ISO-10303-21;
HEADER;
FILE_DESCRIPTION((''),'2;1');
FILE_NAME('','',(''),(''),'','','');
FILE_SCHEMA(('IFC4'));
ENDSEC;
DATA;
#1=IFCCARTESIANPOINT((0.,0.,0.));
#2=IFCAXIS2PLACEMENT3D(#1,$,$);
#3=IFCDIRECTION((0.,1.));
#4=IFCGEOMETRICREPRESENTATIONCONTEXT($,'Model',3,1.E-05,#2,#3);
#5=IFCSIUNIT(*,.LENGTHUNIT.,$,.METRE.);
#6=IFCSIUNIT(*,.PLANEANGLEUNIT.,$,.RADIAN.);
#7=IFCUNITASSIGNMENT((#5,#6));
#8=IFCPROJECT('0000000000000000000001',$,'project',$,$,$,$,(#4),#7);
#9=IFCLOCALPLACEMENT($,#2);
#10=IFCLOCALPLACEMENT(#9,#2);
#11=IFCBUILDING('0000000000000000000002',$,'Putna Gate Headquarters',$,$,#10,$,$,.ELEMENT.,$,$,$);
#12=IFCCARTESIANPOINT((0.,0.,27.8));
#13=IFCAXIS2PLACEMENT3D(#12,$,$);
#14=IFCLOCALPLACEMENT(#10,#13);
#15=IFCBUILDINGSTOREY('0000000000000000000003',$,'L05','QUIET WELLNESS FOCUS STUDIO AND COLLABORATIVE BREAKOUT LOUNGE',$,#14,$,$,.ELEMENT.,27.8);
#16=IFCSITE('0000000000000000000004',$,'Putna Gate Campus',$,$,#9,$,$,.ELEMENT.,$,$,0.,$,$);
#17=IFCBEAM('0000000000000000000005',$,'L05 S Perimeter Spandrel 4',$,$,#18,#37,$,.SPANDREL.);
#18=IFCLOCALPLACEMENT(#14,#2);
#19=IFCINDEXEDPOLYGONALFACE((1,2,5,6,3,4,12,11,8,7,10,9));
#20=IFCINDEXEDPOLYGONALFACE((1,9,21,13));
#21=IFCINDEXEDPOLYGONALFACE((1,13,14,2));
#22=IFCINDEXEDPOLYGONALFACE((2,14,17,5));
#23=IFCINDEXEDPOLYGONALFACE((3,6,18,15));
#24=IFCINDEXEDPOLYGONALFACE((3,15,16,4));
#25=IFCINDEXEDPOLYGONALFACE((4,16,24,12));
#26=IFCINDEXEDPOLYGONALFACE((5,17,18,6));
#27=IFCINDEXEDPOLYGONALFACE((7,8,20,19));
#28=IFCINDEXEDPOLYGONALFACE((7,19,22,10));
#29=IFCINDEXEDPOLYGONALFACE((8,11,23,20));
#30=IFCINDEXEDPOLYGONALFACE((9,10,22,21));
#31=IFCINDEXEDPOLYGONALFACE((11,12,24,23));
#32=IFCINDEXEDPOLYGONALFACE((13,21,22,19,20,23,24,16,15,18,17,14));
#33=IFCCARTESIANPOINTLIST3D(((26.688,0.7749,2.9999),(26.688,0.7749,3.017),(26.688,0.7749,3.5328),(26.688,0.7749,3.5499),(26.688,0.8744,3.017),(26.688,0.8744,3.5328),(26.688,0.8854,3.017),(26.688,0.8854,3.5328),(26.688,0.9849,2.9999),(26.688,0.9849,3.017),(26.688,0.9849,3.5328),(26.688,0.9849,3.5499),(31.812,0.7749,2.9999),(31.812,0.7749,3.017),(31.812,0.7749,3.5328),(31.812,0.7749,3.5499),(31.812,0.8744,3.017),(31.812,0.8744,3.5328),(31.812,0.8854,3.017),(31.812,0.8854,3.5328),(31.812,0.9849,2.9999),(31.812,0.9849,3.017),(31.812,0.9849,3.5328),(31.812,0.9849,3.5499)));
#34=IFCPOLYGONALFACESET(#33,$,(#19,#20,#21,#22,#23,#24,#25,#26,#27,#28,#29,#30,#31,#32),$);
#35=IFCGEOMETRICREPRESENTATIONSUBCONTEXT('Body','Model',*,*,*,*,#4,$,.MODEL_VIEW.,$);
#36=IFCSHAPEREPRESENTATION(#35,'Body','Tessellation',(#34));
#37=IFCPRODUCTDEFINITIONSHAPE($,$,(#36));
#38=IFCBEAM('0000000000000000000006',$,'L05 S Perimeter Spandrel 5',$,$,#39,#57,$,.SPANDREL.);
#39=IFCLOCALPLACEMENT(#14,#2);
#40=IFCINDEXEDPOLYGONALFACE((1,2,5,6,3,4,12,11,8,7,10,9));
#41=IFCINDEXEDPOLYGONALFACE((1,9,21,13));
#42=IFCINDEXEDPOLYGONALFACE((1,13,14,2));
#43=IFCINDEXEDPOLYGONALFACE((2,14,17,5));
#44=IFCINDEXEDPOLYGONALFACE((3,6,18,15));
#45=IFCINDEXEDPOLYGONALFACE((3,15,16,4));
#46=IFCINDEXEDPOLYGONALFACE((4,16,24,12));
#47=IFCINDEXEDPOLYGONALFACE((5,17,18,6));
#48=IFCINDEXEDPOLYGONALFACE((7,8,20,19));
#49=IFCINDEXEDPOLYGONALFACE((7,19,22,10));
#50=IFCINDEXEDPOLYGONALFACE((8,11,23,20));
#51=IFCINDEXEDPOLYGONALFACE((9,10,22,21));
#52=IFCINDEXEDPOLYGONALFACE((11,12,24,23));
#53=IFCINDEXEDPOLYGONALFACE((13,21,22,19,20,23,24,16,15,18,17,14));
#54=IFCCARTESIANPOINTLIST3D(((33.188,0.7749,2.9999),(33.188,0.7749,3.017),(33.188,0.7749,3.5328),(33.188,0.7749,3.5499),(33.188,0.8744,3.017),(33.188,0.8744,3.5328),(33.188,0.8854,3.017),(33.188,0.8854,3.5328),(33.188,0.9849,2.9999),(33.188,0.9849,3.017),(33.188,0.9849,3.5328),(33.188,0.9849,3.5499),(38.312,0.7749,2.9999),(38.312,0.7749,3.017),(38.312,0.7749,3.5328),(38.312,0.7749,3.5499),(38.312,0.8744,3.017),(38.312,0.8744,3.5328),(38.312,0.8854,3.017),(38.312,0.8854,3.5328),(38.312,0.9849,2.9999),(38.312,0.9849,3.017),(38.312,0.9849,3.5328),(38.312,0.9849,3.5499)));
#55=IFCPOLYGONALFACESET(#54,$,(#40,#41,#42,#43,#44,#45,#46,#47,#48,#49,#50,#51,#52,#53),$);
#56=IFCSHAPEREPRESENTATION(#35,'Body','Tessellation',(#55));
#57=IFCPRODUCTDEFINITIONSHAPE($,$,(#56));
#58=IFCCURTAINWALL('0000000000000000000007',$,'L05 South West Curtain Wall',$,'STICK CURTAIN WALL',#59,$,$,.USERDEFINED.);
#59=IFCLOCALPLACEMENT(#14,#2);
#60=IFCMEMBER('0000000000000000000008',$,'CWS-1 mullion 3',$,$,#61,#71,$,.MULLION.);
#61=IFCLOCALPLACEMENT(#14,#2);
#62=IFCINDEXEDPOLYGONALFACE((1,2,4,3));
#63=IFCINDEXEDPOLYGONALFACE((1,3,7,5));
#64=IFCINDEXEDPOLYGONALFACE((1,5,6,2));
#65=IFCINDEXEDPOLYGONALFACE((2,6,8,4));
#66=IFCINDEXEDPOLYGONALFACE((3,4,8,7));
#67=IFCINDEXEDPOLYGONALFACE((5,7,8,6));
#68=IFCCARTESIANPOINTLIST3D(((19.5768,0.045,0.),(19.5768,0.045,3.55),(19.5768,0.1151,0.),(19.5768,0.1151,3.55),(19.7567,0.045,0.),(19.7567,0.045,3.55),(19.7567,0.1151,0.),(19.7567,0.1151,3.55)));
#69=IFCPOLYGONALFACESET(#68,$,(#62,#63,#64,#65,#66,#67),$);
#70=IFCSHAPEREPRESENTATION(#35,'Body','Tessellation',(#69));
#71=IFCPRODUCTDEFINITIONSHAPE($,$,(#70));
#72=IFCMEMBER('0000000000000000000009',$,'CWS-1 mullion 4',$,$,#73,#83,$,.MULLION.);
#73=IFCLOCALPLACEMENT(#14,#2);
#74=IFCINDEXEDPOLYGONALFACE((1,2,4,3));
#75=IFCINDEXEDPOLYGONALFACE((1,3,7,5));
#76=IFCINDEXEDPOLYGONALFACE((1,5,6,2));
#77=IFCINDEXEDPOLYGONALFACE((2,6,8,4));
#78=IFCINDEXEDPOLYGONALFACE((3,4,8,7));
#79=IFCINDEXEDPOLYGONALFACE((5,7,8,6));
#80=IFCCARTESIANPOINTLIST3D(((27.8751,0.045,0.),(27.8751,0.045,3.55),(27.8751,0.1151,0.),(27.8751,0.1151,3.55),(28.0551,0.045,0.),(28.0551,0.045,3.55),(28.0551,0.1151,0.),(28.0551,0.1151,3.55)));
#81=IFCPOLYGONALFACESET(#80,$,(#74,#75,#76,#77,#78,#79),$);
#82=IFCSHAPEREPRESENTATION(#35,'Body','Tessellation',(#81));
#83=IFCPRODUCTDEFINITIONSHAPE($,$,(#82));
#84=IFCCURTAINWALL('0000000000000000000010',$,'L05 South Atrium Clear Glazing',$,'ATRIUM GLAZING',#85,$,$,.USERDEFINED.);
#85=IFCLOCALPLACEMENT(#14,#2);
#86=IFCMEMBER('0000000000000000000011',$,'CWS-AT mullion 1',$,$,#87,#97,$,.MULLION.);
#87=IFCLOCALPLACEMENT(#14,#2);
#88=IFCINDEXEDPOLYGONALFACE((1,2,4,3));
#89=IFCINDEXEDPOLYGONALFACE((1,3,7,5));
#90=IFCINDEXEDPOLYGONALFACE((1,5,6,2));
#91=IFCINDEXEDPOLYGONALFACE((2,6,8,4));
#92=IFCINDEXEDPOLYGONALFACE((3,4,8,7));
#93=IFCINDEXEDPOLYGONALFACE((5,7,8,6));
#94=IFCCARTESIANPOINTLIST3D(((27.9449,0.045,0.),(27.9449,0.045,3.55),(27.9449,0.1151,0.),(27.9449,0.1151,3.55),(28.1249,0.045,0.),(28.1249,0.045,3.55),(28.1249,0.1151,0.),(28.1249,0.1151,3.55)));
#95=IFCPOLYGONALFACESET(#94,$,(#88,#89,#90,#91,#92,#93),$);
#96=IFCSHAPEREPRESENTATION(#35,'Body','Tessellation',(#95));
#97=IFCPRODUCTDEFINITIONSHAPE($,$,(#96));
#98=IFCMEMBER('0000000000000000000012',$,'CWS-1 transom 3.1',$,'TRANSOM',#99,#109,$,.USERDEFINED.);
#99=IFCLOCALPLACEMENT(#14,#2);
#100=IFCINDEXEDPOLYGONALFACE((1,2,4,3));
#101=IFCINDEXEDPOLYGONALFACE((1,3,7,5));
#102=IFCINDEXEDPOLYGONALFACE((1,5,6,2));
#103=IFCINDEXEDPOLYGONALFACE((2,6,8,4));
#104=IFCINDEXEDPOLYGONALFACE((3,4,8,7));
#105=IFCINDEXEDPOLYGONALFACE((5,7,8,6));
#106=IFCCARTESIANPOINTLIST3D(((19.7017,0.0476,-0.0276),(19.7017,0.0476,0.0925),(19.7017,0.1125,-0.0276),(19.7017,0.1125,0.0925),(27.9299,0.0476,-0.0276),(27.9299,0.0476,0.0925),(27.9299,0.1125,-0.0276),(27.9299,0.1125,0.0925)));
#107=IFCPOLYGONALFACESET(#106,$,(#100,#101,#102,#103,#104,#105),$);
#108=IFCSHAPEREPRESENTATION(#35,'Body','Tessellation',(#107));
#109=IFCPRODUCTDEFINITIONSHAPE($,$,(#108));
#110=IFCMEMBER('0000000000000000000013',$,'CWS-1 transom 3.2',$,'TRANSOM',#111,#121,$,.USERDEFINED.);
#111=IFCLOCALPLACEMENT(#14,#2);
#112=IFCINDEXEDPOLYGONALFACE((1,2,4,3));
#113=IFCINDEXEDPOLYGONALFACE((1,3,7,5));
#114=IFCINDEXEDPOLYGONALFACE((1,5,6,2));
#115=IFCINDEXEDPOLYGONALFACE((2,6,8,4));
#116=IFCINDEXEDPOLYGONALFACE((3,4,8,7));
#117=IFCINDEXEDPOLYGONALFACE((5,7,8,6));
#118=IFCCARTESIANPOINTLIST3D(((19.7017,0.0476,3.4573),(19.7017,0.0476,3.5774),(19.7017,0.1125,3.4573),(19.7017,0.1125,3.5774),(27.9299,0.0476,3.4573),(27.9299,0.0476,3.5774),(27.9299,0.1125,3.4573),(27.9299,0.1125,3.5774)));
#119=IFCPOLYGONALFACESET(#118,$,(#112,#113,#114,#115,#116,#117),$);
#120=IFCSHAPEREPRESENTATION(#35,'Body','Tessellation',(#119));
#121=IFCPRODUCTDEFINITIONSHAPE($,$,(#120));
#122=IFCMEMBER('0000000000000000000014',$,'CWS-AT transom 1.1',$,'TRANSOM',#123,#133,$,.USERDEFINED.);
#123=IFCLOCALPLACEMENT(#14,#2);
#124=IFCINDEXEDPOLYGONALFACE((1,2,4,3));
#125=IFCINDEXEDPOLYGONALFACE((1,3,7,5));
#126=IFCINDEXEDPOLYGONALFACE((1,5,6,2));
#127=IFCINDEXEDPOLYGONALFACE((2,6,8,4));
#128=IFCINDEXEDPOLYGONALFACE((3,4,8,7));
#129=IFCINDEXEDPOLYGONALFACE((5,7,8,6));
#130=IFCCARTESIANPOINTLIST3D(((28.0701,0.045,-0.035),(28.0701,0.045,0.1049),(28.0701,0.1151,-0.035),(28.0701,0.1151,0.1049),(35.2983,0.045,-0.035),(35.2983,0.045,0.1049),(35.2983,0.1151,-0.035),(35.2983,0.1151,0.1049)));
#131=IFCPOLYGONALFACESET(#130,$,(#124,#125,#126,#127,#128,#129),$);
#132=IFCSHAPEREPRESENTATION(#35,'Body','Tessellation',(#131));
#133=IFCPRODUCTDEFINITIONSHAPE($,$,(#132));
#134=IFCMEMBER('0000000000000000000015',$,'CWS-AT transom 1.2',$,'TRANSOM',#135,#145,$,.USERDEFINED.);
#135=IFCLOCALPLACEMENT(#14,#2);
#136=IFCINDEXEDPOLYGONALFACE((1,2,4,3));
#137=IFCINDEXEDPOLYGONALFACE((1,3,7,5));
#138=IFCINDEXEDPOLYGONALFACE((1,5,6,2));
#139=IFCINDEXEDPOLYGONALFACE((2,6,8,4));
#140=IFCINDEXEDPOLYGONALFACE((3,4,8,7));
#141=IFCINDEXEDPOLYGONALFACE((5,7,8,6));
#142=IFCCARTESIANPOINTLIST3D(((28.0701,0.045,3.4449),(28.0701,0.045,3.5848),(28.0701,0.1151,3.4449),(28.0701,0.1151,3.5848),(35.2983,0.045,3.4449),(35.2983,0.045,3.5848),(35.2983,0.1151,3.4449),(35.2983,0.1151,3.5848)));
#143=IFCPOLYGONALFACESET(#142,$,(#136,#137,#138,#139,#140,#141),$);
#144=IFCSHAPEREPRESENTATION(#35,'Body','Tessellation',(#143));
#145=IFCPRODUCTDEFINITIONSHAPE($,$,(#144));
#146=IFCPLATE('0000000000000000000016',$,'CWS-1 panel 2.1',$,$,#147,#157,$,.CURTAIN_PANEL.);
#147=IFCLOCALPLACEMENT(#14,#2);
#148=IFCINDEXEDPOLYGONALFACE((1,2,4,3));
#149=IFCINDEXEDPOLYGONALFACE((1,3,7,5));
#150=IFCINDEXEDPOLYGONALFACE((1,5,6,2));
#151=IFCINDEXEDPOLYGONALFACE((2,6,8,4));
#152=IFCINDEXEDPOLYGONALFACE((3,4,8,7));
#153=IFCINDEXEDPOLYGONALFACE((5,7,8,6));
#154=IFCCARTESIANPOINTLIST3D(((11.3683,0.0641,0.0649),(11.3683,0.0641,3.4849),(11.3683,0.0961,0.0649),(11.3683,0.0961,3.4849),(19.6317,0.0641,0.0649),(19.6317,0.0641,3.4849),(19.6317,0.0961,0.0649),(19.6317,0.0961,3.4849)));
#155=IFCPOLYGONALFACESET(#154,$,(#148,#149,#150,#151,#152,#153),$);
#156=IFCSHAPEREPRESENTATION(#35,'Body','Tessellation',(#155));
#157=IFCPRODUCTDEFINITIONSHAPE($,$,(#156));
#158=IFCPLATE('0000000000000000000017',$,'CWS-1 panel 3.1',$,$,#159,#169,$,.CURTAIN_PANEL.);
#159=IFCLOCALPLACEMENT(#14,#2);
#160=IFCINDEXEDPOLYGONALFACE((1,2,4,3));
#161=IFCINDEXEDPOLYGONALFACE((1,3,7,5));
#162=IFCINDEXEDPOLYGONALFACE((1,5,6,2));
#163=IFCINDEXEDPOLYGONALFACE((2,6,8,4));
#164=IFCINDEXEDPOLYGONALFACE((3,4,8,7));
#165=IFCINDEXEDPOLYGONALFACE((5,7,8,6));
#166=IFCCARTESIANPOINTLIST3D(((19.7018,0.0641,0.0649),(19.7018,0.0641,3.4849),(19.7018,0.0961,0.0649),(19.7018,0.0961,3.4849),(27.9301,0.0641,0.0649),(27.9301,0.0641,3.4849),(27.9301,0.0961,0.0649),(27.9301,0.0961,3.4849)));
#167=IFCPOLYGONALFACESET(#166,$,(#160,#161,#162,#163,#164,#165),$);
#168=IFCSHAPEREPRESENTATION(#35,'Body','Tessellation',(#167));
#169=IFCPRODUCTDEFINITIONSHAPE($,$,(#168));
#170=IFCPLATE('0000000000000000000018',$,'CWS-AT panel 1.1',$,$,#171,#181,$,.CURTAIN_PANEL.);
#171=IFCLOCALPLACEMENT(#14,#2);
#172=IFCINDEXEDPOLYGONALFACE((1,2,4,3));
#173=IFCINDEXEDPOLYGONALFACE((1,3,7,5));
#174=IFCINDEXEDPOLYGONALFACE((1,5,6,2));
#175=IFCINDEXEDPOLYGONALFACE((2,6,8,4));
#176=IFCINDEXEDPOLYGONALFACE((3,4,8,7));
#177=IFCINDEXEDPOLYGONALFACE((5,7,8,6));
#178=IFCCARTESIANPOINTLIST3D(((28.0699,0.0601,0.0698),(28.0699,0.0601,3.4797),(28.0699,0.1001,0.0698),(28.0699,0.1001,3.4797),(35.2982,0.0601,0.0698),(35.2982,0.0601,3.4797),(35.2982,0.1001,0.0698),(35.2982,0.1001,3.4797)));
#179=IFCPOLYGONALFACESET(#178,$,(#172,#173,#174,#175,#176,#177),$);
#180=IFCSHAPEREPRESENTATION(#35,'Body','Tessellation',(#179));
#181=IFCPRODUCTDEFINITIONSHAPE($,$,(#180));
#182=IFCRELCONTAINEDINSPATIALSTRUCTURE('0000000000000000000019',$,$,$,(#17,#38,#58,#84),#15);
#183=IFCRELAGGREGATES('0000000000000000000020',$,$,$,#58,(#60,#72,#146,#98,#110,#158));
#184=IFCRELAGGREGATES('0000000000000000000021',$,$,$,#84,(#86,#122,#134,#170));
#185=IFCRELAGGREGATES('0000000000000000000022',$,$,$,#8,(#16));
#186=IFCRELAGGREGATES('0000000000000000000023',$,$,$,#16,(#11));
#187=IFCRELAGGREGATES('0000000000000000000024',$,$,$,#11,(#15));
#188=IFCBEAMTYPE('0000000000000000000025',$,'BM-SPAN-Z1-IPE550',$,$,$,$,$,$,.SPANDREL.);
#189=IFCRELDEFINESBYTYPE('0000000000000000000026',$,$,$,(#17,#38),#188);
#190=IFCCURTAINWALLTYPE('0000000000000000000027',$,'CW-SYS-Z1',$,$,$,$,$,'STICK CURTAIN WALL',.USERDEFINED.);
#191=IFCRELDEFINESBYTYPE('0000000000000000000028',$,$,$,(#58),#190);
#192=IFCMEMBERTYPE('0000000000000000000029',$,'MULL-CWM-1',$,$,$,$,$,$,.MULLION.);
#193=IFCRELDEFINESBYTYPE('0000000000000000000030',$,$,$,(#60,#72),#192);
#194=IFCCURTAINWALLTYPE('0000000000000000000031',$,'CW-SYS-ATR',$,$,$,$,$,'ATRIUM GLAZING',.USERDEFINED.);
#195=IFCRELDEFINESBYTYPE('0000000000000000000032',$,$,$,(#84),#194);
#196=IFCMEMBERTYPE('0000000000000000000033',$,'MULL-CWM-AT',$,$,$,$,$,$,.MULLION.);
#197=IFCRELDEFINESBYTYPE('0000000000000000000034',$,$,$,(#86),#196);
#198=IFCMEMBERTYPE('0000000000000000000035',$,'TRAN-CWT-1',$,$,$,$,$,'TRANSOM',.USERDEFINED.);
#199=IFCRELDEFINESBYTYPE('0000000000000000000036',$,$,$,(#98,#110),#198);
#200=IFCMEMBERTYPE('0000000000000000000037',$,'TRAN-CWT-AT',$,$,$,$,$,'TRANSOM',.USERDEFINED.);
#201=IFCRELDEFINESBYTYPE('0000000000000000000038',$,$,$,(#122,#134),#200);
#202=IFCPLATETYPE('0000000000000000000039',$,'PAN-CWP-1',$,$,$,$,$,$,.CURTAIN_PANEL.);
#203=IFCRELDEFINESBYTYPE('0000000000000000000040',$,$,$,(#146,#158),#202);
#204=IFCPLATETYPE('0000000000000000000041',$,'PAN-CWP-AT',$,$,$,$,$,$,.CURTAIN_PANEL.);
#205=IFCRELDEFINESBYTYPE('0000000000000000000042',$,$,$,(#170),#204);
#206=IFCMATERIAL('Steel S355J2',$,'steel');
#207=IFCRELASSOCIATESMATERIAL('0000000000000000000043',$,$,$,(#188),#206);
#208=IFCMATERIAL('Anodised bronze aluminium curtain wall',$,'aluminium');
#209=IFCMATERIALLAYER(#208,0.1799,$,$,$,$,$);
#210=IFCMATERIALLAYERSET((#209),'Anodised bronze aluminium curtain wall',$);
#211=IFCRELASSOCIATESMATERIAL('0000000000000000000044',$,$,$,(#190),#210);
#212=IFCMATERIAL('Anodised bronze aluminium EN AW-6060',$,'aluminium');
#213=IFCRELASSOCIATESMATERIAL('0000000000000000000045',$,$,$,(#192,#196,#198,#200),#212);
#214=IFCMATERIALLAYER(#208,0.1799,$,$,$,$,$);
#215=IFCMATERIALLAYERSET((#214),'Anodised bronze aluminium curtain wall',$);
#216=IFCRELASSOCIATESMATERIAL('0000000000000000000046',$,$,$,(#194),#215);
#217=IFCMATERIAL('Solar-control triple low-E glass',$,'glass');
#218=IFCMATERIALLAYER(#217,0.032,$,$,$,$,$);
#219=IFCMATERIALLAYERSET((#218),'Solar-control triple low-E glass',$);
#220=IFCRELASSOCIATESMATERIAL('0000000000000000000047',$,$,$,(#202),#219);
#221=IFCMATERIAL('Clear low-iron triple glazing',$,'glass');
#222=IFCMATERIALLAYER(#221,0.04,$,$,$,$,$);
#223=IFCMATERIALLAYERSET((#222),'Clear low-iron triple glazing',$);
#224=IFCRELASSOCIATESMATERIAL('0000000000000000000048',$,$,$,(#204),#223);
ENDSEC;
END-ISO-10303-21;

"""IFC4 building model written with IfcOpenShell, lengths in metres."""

from ifc_helpers import new_model, si_unit, direction, frame, origin, origin_2d, place, context, subcontext, project, spatial, rectangle, i_section, extrude, material, layer, layer_set, material_profile, profile_set, type_object, element, aggregate, save


model = new_model("IFC4")

# Units and contexts
model_context = context("Model", 3, precision=1e-05, world=origin(), true_north=direction((0.0, 1.0)))
body_context = subcontext(model_context, "Body", "Model", "MODEL_VIEW")
ifc_project = project(units=[si_unit("LENGTHUNIT", "METRE"), si_unit("PLANEANGLEUNIT", "RADIAN")], contexts=[model_context])

# Site, building, storey
site_placement = place(None, origin())
site = spatial("IfcSite", under=ifc_project, at=site_placement, Name="Putna Gate Campus", CompositionType="ELEMENT", RefElevation=0.0)
building_placement = place(site_placement, origin())
building = spatial("IfcBuilding", under=site, at=building_placement, Name="Putna Gate Headquarters", CompositionType="ELEMENT")
storey_placement = place(building_placement, frame((0.0, 0.0, 27.8)))
storey = spatial("IfcBuildingStorey", under=building, at=storey_placement, Name="L05", Description="QUIET WELLNESS FOCUS STUDIO AND COLLABORATIVE BREAKOUT LOUNGE", CompositionType="ELEMENT", Elevation=27.8)

# Beams
ifc_material_1 = material(Name="Steel S355J2", Category="steel")
ifc_material_profile_1 = material_profile(ifc_material_1, i_section(OverallWidth=0.21, OverallDepth=0.55, WebThickness=0.011, FlangeThickness=0.0171, at=origin_2d()), Name="Steel S355J2")
ifc_profile_set_1 = profile_set([ifc_material_profile_1], Name="Steel S355J2")
beam_type_1 = type_object("IfcBeamType", Name="BM-SPAN-Z1-IPE550", PredefinedType="SPANDREL", material=ifc_profile_set_1)
for number, where, z_axis, x_axis, name in (
    (1, (26.688, 0.8799, 3.2749), (1.0, 0.0, 0.0), (0.0, 1.0, 0.0), "L05 S Perimeter Spandrel 4"),
    (2, (33.188, 0.8799, 3.2749), (1.0, 0.0, 0.0), (0.0, 1.0, 0.0), "L05 S Perimeter Spandrel 5"),
):
    element("IfcBeam", number, at=place(storey_placement, frame(where, z_axis=z_axis, x_axis=x_axis)), inside=storey, type_object=beam_type_1, Name=name, PredefinedType="SPANDREL", context=body_context, shape_type="SweptSolid", body=[
        extrude(i_section(OverallWidth=0.21, OverallDepth=0.55, WebThickness=0.011, FlangeThickness=0.0171, at=origin_2d()), origin(), (0.0, 0.0, 1.0), 5.124),
    ])

# Curtain wall, members
ifc_material_2 = material(Name="Anodised bronze aluminium curtain wall", Category="aluminium")
ifc_layer_1 = layer(ifc_material_2, 0.1799)
ifc_layer_set_1 = layer_set([ifc_layer_1], Name="Anodised bronze aluminium curtain wall")
curtain_wall_type_1 = type_object("IfcCurtainWallType", Name="CW-SYS-Z1", ElementType="STICK CURTAIN WALL", PredefinedType="USERDEFINED", material=ifc_layer_set_1)
curtain_wall_1_placement = place(storey_placement, origin())
curtain_wall_1 = element("IfcCurtainWall", 3, at=curtain_wall_1_placement, inside=storey, type_object=curtain_wall_type_1, Name="L05 South West Curtain Wall", ObjectType="STICK CURTAIN WALL", PredefinedType="USERDEFINED")
ifc_material_3 = material(Name="Anodised bronze aluminium EN AW-6060", Category="aluminium")
ifc_material_profile_2 = material_profile(ifc_material_3, rectangle(XDim=0.0701, YDim=0.1799, at=origin_2d()), Name="Anodised bronze aluminium EN AW-6060")
ifc_profile_set_2 = profile_set([ifc_material_profile_2], Name="Anodised bronze aluminium EN AW-6060")
member_type_1 = type_object("IfcMemberType", Name="MULL-CWM-1", PredefinedType="MULLION", material=ifc_profile_set_2)
member_1_placement = place(storey_placement, frame((19.6667, 0.0801, 0.0), z_axis=(0.0, 0.0, 1.0), x_axis=(0.0, 1.0, 0.0)))
member_1 = element("IfcMember", 4, at=member_1_placement, type_object=member_type_1, Name="CWS-1 mullion 3", PredefinedType="MULLION", context=body_context, shape_type="SweptSolid", body=[
    extrude(rectangle(XDim=0.0701, YDim=0.1799, at=origin_2d()), origin(), (0.0, 0.0, 1.0), 3.55),
])
member_2_placement = place(storey_placement, frame((27.9651, 0.0801, 0.0), z_axis=(0.0, 0.0, 1.0), x_axis=(0.0, 1.0, 0.0)))
member_2 = element("IfcMember", 5, at=member_2_placement, type_object=member_type_1, Name="CWS-1 mullion 4", PredefinedType="MULLION", context=body_context, shape_type="SweptSolid", body=[
    extrude(rectangle(XDim=0.0701, YDim=0.1799, at=origin_2d()), origin(), (0.0, 0.0, 1.0), 3.55),
])

# Curtain wall, member
ifc_layer_2 = layer(ifc_material_2, 0.1799)
ifc_layer_set_2 = layer_set([ifc_layer_2], Name="Anodised bronze aluminium curtain wall")
curtain_wall_type_2 = type_object("IfcCurtainWallType", Name="CW-SYS-ATR", ElementType="ATRIUM GLAZING", PredefinedType="USERDEFINED", material=ifc_layer_set_2)
curtain_wall_2_placement = place(storey_placement, origin())
curtain_wall_2 = element("IfcCurtainWall", 6, at=curtain_wall_2_placement, inside=storey, type_object=curtain_wall_type_2, Name="L05 South Atrium Clear Glazing", ObjectType="ATRIUM GLAZING", PredefinedType="USERDEFINED")
ifc_material_profile_3 = material_profile(ifc_material_3, rectangle(XDim=0.0701, YDim=0.1799, at=origin_2d()), Name="Anodised bronze aluminium EN AW-6060")
ifc_profile_set_3 = profile_set([ifc_material_profile_3], Name="Anodised bronze aluminium EN AW-6060")
member_type_2 = type_object("IfcMemberType", Name="MULL-CWM-AT", PredefinedType="MULLION", material=ifc_profile_set_3)
member_3_placement = place(storey_placement, frame((28.0349, 0.0801, 0.0), z_axis=(0.0, 0.0, 1.0), x_axis=(0.0, 1.0, 0.0)))
member_3 = element("IfcMember", 7, at=member_3_placement, type_object=member_type_2, Name="CWS-AT mullion 1", PredefinedType="MULLION", context=body_context, shape_type="SweptSolid", body=[
    extrude(rectangle(XDim=0.0701, YDim=0.1799, at=origin_2d()), origin(), (0.0, 0.0, 1.0), 3.55),
])

# Members
ifc_material_profile_4 = material_profile(ifc_material_3, rectangle(XDim=0.0649, YDim=0.1201, at=origin_2d()), Name="Anodised bronze aluminium EN AW-6060")
ifc_profile_set_4 = profile_set([ifc_material_profile_4], Name="Anodised bronze aluminium EN AW-6060")
member_type_3 = type_object("IfcMemberType", Name="TRAN-CWT-1", ElementType="TRANSOM", PredefinedType="USERDEFINED", material=ifc_profile_set_4)
member_4_placement = place(storey_placement, frame((19.7017, 0.0801, 0.0325), z_axis=(1.0, 0.0, 0.0), x_axis=(0.0, 1.0, 0.0)))
member_4 = element("IfcMember", 8, at=member_4_placement, type_object=member_type_3, Name="CWS-1 transom 3.1", ObjectType="TRANSOM", PredefinedType="USERDEFINED", context=body_context, shape_type="SweptSolid", body=[
    extrude(rectangle(XDim=0.0649, YDim=0.1201, at=origin_2d()), origin(), (0.0, 0.0, 1.0), 8.2283),
])
member_5_placement = place(storey_placement, frame((19.7017, 0.0801, 3.5173), z_axis=(1.0, 0.0, 0.0), x_axis=(0.0, 1.0, 0.0)))
member_5 = element("IfcMember", 9, at=member_5_placement, type_object=member_type_3, Name="CWS-1 transom 3.2", ObjectType="TRANSOM", PredefinedType="USERDEFINED", context=body_context, shape_type="SweptSolid", body=[
    extrude(rectangle(XDim=0.0649, YDim=0.1201, at=origin_2d()), origin(), (0.0, 0.0, 1.0), 8.2283),
])
ifc_material_profile_5 = material_profile(ifc_material_3, rectangle(XDim=0.0701, YDim=0.1399, at=origin_2d()), Name="Anodised bronze aluminium EN AW-6060")
ifc_profile_set_5 = profile_set([ifc_material_profile_5], Name="Anodised bronze aluminium EN AW-6060")
member_type_4 = type_object("IfcMemberType", Name="TRAN-CWT-AT", ElementType="TRANSOM", PredefinedType="USERDEFINED", material=ifc_profile_set_5)
member_6_placement = place(storey_placement, frame((28.0701, 0.0801, 0.0349), z_axis=(1.0, 0.0, 0.0), x_axis=(0.0, 1.0, 0.0)))
member_6 = element("IfcMember", 10, at=member_6_placement, type_object=member_type_4, Name="CWS-AT transom 1.1", ObjectType="TRANSOM", PredefinedType="USERDEFINED", context=body_context, shape_type="SweptSolid", body=[
    extrude(rectangle(XDim=0.0701, YDim=0.1399, at=origin_2d()), origin(), (0.0, 0.0, 1.0), 7.2283),
])
member_7_placement = place(storey_placement, frame((28.0701, 0.0801, 3.5149), z_axis=(1.0, 0.0, 0.0), x_axis=(0.0, 1.0, 0.0)))
member_7 = element("IfcMember", 11, at=member_7_placement, type_object=member_type_4, Name="CWS-AT transom 1.2", ObjectType="TRANSOM", PredefinedType="USERDEFINED", context=body_context, shape_type="SweptSolid", body=[
    extrude(rectangle(XDim=0.0701, YDim=0.1399, at=origin_2d()), origin(), (0.0, 0.0, 1.0), 7.2283),
])

# Plates
ifc_material_4 = material(Name="Solar-control triple low-E glass", Category="glass")
ifc_layer_3 = layer(ifc_material_4, 0.032)
ifc_layer_set_3 = layer_set([ifc_layer_3], Name="Solar-control triple low-E glass")
plate_type_1 = type_object("IfcPlateType", Name="PAN-CWP-1", PredefinedType="CURTAIN_PANEL", material=ifc_layer_set_3)
plate_1_placement = place(storey_placement, frame((15.5, 0.0801, 0.0649), z_axis=(0.0, 0.0, 1.0), x_axis=(1.0, 0.0, 0.0)))
plate_1 = element("IfcPlate", 12, at=plate_1_placement, type_object=plate_type_1, Name="CWS-1 panel 2.1", PredefinedType="CURTAIN_PANEL", context=body_context, shape_type="SweptSolid", body=[
    extrude(rectangle(XDim=8.2634, YDim=0.032, at=origin_2d()), origin(), (0.0, 0.0, 1.0), 3.4199),
])
plate_2_placement = place(storey_placement, frame((23.8159, 0.0801, 0.0649), z_axis=(0.0, 0.0, 1.0), x_axis=(1.0, 0.0, 0.0)))
plate_2 = element("IfcPlate", 13, at=plate_2_placement, type_object=plate_type_1, Name="CWS-1 panel 3.1", PredefinedType="CURTAIN_PANEL", context=body_context, shape_type="SweptSolid", body=[
    extrude(rectangle(XDim=8.2283, YDim=0.032, at=origin_2d()), origin(), (0.0, 0.0, 1.0), 3.4199),
])
aggregate(curtain_wall_1, [member_1, member_2, plate_1, member_4, member_5, plate_2])
ifc_material_5 = material(Name="Clear low-iron triple glazing", Category="glass")
ifc_layer_4 = layer(ifc_material_5, 0.04)
ifc_layer_set_4 = layer_set([ifc_layer_4], Name="Clear low-iron triple glazing")
plate_type_2 = type_object("IfcPlateType", Name="PAN-CWP-AT", PredefinedType="CURTAIN_PANEL", material=ifc_layer_set_4)
plate_3_placement = place(storey_placement, frame((31.6841, 0.0801, 0.0698), z_axis=(0.0, 0.0, 1.0), x_axis=(1.0, 0.0, 0.0)))
plate_3 = element("IfcPlate", 14, at=plate_3_placement, type_object=plate_type_2, Name="CWS-AT panel 1.1", PredefinedType="CURTAIN_PANEL", context=body_context, shape_type="SweptSolid", body=[
    extrude(rectangle(XDim=7.2283, YDim=0.04, at=origin_2d()), origin(), (0.0, 0.0, 1.0), 3.4099),
])
aggregate(curtain_wall_2, [member_3, member_6, member_7, plate_3])

save(model, "model.ifc")
